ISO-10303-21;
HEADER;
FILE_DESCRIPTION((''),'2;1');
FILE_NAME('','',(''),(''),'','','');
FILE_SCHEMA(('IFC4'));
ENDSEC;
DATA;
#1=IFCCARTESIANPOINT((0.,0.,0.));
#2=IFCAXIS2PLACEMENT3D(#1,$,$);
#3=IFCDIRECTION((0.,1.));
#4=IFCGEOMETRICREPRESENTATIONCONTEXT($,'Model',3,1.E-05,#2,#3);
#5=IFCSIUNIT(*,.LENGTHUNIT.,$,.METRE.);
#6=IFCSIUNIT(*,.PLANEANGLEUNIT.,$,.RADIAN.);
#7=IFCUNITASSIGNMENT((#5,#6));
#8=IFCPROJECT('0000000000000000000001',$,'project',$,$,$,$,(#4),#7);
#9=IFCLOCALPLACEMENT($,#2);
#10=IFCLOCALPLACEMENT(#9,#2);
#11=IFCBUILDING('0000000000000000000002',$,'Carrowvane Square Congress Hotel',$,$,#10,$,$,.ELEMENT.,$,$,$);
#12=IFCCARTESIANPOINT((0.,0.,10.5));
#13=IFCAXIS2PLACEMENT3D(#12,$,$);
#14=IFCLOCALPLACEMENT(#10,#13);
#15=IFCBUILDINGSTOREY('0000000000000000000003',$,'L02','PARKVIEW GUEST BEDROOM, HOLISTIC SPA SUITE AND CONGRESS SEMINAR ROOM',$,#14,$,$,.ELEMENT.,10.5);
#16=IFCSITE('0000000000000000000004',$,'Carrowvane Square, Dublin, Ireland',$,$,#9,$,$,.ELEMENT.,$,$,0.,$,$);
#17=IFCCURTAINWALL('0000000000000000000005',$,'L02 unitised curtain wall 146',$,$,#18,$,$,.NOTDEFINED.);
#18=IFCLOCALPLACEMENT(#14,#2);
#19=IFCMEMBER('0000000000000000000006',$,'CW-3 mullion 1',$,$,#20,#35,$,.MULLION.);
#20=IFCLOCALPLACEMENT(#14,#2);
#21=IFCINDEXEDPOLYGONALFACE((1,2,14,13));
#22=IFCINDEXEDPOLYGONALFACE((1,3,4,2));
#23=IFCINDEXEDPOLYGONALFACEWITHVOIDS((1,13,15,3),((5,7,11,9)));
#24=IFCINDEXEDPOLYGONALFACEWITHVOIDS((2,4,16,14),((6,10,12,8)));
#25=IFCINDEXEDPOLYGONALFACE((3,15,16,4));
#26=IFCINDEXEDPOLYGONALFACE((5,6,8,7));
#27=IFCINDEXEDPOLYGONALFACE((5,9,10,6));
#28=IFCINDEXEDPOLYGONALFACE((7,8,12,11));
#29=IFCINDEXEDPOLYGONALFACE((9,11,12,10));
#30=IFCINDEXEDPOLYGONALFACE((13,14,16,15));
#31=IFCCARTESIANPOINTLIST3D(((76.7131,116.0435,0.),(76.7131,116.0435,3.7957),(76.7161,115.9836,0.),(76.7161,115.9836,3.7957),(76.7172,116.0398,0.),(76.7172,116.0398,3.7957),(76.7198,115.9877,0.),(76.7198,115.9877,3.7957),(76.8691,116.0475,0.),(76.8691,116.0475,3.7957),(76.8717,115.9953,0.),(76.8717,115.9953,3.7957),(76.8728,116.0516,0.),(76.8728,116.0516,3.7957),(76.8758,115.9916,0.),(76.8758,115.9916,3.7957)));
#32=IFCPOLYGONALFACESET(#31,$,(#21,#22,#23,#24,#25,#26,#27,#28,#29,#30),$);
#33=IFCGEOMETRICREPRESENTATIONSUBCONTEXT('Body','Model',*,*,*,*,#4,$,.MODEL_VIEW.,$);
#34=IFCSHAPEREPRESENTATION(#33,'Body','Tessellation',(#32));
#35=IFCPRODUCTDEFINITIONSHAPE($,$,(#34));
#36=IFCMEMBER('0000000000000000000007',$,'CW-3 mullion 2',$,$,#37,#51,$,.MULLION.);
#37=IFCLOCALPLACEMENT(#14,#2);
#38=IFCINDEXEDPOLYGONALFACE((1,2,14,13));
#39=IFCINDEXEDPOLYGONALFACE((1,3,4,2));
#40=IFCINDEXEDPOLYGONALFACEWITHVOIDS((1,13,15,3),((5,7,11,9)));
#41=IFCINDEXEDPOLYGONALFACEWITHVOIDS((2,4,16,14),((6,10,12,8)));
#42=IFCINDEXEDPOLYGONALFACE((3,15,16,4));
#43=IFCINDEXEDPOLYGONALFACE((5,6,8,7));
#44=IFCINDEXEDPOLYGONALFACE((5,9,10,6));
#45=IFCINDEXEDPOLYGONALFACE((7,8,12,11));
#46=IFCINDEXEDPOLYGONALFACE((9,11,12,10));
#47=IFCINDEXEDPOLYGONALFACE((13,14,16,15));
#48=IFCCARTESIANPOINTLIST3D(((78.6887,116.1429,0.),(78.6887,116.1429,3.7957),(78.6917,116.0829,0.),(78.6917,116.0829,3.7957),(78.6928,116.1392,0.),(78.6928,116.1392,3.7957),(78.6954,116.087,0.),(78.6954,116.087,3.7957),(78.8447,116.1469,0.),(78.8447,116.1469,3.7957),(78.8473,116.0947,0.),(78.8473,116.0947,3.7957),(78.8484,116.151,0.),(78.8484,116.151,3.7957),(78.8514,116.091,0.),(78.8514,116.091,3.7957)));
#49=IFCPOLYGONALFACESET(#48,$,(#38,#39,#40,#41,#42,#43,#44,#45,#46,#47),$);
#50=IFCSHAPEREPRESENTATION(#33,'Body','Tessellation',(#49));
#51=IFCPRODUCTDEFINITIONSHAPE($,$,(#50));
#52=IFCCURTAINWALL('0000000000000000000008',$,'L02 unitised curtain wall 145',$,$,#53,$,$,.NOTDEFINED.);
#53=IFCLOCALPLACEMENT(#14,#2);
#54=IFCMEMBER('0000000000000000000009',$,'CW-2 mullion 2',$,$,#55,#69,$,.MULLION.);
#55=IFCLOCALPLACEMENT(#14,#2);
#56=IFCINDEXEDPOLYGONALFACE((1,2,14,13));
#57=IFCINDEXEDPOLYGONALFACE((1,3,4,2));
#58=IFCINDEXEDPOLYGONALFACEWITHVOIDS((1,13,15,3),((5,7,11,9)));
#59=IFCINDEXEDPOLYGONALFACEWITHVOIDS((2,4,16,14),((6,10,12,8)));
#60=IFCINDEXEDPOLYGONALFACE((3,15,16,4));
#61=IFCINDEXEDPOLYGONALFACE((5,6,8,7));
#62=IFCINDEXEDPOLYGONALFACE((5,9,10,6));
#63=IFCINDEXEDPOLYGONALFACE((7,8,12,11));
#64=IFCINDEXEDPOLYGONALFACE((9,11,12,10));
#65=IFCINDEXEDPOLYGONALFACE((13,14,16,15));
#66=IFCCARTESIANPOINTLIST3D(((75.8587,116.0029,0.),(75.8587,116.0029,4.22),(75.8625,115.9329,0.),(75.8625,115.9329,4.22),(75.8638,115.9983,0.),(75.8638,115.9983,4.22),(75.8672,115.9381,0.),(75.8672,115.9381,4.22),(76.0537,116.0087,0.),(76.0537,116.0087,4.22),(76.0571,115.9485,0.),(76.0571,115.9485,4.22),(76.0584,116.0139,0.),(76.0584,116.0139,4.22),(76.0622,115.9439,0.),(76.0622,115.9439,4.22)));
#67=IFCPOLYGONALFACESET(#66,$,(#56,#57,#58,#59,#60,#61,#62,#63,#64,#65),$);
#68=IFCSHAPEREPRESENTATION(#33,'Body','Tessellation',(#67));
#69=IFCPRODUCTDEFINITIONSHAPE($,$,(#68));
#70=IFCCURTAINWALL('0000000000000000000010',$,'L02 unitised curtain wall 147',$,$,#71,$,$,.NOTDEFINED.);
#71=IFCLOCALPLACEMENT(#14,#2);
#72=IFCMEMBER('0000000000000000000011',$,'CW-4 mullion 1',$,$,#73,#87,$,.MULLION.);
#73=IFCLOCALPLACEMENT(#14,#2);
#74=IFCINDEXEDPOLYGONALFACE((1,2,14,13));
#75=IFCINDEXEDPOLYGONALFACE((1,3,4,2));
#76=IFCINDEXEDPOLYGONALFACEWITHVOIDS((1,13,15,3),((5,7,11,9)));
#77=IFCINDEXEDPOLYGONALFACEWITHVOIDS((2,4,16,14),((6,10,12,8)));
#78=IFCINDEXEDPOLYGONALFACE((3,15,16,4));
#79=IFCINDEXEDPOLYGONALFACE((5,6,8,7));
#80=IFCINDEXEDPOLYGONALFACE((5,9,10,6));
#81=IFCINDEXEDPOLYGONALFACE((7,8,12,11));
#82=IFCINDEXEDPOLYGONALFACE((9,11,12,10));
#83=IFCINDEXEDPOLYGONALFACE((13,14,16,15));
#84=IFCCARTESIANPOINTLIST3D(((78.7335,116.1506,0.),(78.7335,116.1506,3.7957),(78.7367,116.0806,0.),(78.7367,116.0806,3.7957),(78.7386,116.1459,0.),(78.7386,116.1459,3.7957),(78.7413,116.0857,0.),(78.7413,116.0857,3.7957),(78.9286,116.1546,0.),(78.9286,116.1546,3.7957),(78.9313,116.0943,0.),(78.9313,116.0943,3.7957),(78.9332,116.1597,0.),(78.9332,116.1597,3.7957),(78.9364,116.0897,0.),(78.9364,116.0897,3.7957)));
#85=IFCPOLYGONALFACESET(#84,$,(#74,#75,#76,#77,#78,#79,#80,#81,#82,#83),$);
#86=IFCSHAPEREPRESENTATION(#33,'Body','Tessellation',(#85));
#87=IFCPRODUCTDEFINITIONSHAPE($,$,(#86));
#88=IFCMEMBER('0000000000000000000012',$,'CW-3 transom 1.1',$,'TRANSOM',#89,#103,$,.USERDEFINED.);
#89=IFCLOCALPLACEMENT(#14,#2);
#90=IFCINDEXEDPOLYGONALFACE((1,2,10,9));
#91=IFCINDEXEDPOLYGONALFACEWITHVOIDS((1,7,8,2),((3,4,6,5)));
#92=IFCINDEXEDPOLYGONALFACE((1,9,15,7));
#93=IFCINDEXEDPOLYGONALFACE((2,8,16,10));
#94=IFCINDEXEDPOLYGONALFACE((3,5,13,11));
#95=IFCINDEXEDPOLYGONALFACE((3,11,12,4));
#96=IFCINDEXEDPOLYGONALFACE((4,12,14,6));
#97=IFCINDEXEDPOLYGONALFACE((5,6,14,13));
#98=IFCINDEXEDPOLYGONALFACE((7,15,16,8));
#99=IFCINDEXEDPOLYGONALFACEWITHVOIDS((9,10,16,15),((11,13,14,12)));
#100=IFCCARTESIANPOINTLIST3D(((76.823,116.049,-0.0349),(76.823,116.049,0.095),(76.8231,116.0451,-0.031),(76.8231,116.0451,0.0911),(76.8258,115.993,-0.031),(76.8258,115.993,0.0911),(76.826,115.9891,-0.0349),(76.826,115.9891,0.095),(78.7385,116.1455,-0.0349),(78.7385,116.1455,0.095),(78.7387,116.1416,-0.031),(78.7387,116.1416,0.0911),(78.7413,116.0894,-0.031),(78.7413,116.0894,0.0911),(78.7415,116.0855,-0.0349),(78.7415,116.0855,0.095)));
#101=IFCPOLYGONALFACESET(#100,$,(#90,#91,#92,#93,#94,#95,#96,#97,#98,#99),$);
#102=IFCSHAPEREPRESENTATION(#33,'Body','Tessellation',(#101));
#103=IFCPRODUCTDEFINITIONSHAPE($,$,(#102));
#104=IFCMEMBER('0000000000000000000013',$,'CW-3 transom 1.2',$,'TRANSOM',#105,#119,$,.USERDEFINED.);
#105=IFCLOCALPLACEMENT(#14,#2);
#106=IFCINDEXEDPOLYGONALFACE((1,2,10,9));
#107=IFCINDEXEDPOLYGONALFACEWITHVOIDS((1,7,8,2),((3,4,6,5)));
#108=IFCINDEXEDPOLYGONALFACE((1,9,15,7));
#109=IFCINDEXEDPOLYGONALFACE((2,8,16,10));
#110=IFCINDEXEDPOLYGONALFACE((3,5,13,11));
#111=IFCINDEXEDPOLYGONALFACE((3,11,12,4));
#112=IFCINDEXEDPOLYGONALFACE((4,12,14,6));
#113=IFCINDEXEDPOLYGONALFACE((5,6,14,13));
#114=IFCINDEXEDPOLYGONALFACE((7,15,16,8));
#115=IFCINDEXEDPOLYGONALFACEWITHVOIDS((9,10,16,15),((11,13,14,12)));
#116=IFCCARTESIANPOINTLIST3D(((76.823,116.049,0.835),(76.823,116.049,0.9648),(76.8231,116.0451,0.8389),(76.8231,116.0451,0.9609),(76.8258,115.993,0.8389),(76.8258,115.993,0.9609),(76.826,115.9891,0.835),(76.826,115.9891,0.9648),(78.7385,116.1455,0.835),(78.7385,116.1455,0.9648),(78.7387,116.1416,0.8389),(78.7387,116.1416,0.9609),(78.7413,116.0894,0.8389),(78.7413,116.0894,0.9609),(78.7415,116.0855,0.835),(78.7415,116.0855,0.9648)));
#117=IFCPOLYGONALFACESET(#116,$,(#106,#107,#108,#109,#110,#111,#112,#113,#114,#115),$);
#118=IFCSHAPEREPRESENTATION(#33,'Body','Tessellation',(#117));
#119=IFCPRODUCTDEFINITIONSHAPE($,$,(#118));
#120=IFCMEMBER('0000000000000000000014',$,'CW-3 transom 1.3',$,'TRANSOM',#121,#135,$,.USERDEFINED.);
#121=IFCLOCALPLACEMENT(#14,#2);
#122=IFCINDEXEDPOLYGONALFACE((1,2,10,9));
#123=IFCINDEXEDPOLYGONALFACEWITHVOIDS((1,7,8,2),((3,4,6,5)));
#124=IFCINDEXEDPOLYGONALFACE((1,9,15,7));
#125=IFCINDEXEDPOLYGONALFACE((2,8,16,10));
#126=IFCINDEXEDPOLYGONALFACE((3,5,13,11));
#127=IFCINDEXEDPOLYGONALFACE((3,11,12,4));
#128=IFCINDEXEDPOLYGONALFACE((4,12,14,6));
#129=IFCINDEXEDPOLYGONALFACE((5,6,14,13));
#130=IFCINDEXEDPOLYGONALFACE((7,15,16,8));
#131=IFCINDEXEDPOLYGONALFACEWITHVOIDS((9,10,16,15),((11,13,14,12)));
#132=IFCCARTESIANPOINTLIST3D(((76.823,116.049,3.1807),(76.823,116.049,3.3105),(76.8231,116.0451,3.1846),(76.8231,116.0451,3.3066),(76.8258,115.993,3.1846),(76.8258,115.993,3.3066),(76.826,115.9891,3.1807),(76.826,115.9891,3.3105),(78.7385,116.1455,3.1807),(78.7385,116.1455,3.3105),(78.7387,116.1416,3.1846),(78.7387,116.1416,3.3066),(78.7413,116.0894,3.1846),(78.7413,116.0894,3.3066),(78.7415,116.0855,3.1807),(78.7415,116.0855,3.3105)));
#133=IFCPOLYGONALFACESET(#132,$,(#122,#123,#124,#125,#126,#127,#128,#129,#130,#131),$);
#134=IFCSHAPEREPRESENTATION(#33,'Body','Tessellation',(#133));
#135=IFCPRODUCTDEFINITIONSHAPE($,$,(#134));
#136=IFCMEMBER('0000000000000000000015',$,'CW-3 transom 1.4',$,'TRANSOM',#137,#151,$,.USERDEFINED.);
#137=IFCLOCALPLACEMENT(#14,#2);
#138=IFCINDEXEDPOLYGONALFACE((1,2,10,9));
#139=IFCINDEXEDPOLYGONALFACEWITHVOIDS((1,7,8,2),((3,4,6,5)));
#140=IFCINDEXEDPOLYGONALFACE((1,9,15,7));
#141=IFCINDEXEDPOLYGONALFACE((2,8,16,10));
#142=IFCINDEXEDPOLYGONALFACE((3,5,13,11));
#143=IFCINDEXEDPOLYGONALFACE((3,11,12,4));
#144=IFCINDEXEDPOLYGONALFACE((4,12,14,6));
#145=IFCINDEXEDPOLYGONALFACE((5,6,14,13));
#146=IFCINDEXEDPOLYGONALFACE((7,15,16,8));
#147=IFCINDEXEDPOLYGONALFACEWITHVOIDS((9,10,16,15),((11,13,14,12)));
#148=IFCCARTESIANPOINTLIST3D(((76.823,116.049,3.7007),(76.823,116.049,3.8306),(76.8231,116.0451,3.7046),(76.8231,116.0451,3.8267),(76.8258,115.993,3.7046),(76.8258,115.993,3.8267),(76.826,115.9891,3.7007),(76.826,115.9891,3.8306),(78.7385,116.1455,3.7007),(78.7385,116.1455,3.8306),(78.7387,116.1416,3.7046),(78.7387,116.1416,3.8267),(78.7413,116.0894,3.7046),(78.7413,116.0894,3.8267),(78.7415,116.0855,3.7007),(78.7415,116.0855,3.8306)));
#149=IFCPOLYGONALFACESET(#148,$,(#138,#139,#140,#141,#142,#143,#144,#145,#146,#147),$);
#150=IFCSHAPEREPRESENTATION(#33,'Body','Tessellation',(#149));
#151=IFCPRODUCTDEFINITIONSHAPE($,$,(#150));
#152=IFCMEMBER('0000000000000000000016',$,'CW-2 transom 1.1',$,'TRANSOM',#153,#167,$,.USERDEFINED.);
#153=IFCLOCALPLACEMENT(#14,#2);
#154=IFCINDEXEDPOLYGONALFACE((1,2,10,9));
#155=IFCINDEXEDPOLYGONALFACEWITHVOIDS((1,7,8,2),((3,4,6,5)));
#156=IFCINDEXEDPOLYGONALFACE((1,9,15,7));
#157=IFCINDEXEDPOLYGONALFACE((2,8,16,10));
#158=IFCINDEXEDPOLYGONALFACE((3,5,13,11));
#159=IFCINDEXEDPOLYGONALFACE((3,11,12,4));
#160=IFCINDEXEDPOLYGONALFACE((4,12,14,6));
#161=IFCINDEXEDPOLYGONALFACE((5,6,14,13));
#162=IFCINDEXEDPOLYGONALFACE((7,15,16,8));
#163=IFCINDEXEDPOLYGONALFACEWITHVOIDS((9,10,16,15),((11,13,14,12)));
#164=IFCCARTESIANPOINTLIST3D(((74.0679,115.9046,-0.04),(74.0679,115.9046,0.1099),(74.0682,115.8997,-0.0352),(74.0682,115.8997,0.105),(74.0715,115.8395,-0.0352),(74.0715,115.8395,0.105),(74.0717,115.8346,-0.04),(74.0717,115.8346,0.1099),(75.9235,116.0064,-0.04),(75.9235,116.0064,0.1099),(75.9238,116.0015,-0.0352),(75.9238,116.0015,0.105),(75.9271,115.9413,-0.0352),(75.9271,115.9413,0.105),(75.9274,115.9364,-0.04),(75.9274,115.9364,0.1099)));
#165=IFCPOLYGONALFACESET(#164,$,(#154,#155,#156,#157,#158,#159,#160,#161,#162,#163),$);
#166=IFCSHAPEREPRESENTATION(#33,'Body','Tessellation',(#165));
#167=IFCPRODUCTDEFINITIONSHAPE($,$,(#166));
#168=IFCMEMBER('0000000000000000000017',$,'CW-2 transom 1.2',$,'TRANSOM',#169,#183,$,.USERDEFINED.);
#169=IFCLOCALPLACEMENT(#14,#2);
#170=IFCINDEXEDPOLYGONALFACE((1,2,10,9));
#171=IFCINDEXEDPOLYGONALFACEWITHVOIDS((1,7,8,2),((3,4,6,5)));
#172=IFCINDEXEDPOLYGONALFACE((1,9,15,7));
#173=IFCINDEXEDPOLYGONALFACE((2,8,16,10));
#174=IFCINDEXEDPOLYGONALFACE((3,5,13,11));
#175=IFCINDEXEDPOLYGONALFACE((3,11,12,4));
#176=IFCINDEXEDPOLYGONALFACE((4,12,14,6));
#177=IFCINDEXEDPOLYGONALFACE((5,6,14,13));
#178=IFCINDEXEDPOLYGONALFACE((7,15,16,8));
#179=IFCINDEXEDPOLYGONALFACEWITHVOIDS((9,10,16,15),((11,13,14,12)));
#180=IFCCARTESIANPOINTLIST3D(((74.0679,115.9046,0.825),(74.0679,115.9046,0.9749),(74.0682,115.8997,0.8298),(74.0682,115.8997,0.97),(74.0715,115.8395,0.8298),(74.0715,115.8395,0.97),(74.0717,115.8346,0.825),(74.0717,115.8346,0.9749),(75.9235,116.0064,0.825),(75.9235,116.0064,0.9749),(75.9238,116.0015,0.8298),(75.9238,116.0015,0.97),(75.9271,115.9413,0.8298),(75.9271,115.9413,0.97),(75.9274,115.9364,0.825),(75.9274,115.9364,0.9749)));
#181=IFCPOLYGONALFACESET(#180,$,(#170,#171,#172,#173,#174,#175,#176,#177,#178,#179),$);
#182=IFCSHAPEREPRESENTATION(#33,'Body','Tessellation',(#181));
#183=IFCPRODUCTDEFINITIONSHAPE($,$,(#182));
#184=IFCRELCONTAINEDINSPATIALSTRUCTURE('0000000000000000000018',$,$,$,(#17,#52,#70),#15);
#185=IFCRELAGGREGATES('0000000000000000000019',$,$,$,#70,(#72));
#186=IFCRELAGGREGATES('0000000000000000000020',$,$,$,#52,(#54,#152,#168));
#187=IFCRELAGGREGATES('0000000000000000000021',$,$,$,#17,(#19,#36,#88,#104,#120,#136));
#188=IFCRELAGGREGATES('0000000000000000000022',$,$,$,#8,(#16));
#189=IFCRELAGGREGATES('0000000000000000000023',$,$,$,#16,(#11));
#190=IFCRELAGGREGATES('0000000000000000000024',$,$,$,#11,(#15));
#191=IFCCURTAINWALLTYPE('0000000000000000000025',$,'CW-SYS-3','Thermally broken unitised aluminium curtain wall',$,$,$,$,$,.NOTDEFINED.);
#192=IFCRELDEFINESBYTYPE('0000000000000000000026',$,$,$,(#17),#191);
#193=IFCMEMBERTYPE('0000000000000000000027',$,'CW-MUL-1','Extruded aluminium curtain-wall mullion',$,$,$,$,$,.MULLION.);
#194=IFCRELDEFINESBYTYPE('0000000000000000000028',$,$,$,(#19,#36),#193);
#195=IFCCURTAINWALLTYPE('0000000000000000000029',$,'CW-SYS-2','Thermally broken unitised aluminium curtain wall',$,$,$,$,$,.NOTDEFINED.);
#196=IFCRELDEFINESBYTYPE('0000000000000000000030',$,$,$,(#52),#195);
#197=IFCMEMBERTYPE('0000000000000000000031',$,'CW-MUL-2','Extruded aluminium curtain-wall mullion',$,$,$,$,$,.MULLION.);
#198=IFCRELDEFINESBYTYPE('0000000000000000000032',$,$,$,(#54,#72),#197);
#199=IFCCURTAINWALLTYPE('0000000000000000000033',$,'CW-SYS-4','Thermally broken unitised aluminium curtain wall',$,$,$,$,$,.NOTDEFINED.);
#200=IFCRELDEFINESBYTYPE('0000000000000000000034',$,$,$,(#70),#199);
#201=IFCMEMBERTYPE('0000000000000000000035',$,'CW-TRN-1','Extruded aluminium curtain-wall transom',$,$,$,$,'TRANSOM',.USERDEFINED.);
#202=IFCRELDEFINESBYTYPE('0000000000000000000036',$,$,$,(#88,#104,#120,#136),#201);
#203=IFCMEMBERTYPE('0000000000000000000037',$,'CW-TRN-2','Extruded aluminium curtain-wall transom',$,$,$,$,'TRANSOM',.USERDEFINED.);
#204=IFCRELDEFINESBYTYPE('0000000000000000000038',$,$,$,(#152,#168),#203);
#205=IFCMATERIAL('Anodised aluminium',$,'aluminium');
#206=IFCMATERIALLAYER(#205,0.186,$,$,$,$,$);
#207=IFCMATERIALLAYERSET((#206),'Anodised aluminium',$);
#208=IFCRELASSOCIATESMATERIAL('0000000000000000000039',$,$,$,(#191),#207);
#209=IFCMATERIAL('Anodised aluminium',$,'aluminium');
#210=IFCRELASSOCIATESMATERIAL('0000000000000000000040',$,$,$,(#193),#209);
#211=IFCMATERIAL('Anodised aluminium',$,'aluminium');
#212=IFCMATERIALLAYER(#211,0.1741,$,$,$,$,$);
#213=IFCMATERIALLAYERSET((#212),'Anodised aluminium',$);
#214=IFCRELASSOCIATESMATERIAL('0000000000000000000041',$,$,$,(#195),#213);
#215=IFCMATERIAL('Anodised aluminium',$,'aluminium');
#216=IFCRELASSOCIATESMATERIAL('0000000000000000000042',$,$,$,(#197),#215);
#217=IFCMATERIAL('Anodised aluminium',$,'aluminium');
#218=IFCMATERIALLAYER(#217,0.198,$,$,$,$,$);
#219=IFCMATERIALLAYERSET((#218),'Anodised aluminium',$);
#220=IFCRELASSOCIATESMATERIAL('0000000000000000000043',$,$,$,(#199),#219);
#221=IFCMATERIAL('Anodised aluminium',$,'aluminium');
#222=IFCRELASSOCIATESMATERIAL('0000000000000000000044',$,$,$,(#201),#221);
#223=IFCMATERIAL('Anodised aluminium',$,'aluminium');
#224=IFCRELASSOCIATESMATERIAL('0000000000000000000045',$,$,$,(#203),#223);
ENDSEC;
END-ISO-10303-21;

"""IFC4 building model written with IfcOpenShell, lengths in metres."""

from ifc_helpers import new_model, si_unit, direction, frame, origin, origin_2d, place, context, subcontext, project, spatial, hollow_rectangle, extrude, material, layer, layer_set, material_profile, profile_set, type_object, element, aggregate, save


model = new_model("IFC4")

# Units and contexts
model_context = context("Model", 3, precision=1e-05, world=origin(), true_north=direction((0.0, 1.0)))
body_context = subcontext(model_context, "Body", "Model", "MODEL_VIEW")
ifc_project = project(units=[si_unit("LENGTHUNIT", "METRE"), si_unit("PLANEANGLEUNIT", "RADIAN")], contexts=[model_context])

# Site, building, storey
site_placement = place(None, origin())
site = spatial("IfcSite", under=ifc_project, at=site_placement, Name="Carrowvane Square, Dublin, Ireland", CompositionType="ELEMENT", RefElevation=0.0)
building_placement = place(site_placement, origin())
building = spatial("IfcBuilding", under=site, at=building_placement, Name="Carrowvane Square Congress Hotel", CompositionType="ELEMENT")
storey_placement = place(building_placement, frame((0.0, 0.0, 10.5)))
storey = spatial("IfcBuildingStorey", under=building, at=storey_placement, Name="L02", Description="PARKVIEW GUEST BEDROOM, HOLISTIC SPA SUITE AND CONGRESS SEMINAR ROOM", CompositionType="ELEMENT", Elevation=10.5)

# Curtain wall, members
ifc_material_1 = material(Name="Anodised aluminium", Category="aluminium")
ifc_layer_1 = layer(ifc_material_1, 0.186)
ifc_layer_set_1 = layer_set([ifc_layer_1], Name="Anodised aluminium")
curtain_wall_type_1 = type_object("IfcCurtainWallType", Name="CW-SYS-3", Description="Thermally broken unitised aluminium curtain wall", PredefinedType="NOTDEFINED", material=ifc_layer_set_1)
curtain_wall_1_placement = place(storey_placement, origin())
curtain_wall_1 = element("IfcCurtainWall", 1, at=curtain_wall_1_placement, inside=storey, type_object=curtain_wall_type_1, Name="L02 unitised curtain wall 146", PredefinedType="NOTDEFINED")
ifc_material_2 = material(Name="Anodised aluminium", Category="aluminium")
ifc_material_profile_1 = material_profile(ifc_material_2, hollow_rectangle(XDim=0.0601, YDim=0.1599, WallThickness=0.0039, at=origin_2d()), Name="CW-ML 60x160x4")
ifc_profile_set_1 = profile_set([ifc_material_profile_1], Name="Anodised aluminium")
member_type_1 = type_object("IfcMemberType", Name="CW-MUL-1", Description="Extruded aluminium curtain-wall mullion", PredefinedType="MULLION", material=ifc_profile_set_1)
member_1_placement = place(storey_placement, frame((76.7944, 116.0176, 0.0), z_axis=(0.0, 0.0, 1.0), x_axis=(-0.050324, 0.998733, 0.0)))
member_1 = element("IfcMember", 2, at=member_1_placement, type_object=member_type_1, Name="CW-3 mullion 1", PredefinedType="MULLION", context=body_context, shape_type="SweptSolid", body=[
    extrude(hollow_rectangle(XDim=0.0601, YDim=0.1599, WallThickness=0.0039, at=origin_2d()), origin(), (0.0, 0.0, 1.0), 3.7957),
])
member_2_placement = place(storey_placement, frame((78.77, 116.1169, 0.0), z_axis=(0.0, 0.0, 1.0), x_axis=(-0.050324, 0.998733, 0.0)))
member_2 = element("IfcMember", 3, at=member_2_placement, type_object=member_type_1, Name="CW-3 mullion 2", PredefinedType="MULLION", context=body_context, shape_type="SweptSolid", body=[
    extrude(hollow_rectangle(XDim=0.0601, YDim=0.1599, WallThickness=0.0039, at=origin_2d()), origin(), (0.0, 0.0, 1.0), 3.7957),
])

# Curtain walls, members
ifc_material_3 = material(Name="Anodised aluminium", Category="aluminium")
ifc_layer_2 = layer(ifc_material_3, 0.1741)
ifc_layer_set_2 = layer_set([ifc_layer_2], Name="Anodised aluminium")
curtain_wall_type_2 = type_object("IfcCurtainWallType", Name="CW-SYS-2", Description="Thermally broken unitised aluminium curtain wall", PredefinedType="NOTDEFINED", material=ifc_layer_set_2)
curtain_wall_2_placement = place(storey_placement, origin())
curtain_wall_2 = element("IfcCurtainWall", 4, at=curtain_wall_2_placement, inside=storey, type_object=curtain_wall_type_2, Name="L02 unitised curtain wall 145", PredefinedType="NOTDEFINED")
ifc_material_4 = material(Name="Anodised aluminium", Category="aluminium")
ifc_material_profile_2 = material_profile(ifc_material_4, hollow_rectangle(XDim=0.0701, YDim=0.2, WallThickness=0.0049, at=origin_2d()), Name="CW-ML 70x200x5")
ifc_profile_set_2 = profile_set([ifc_material_profile_2], Name="Anodised aluminium")
member_type_2 = type_object("IfcMemberType", Name="CW-MUL-2", Description="Extruded aluminium curtain-wall mullion", PredefinedType="MULLION", material=ifc_profile_set_2)
member_3_placement = place(storey_placement, frame((75.9604, 115.9734, 0.0), z_axis=(0.0, 0.0, 1.0), x_axis=(-0.054816, 0.998496, 0.0)))
member_3 = element("IfcMember", 5, at=member_3_placement, type_object=member_type_2, Name="CW-2 mullion 2", PredefinedType="MULLION", context=body_context, shape_type="SweptSolid", body=[
    extrude(hollow_rectangle(XDim=0.0701, YDim=0.2, WallThickness=0.0049, at=origin_2d()), origin(), (0.0, 0.0, 1.0), 4.22),
])
ifc_material_5 = material(Name="Anodised aluminium", Category="aluminium")
ifc_layer_3 = layer(ifc_material_5, 0.198)
ifc_layer_set_3 = layer_set([ifc_layer_3], Name="Anodised aluminium")
curtain_wall_type_3 = type_object("IfcCurtainWallType", Name="CW-SYS-4", Description="Thermally broken unitised aluminium curtain wall", PredefinedType="NOTDEFINED", material=ifc_layer_set_3)
curtain_wall_3_placement = place(storey_placement, origin())
curtain_wall_3 = element("IfcCurtainWall", 6, at=curtain_wall_3_placement, inside=storey, type_object=curtain_wall_type_3, Name="L02 unitised curtain wall 147", PredefinedType="NOTDEFINED")
member_4_placement = place(storey_placement, frame((78.835, 116.1201, 0.0), z_axis=(0.0, 0.0, 1.0), x_axis=(-0.045411, 0.998968, 0.0)))
member_4 = element("IfcMember", 7, at=member_4_placement, type_object=member_type_2, Name="CW-4 mullion 1", PredefinedType="MULLION", context=body_context, shape_type="SweptSolid", body=[
    extrude(hollow_rectangle(XDim=0.0701, YDim=0.2, WallThickness=0.0049, at=origin_2d()), origin(), (0.0, 0.0, 1.0), 3.7957),
])

# Members
ifc_material_6 = material(Name="Anodised aluminium", Category="aluminium")
ifc_material_profile_3 = material_profile(ifc_material_6, hollow_rectangle(XDim=0.0601, YDim=0.1299, WallThickness=0.0039, at=origin_2d()), Name="CW-TR 60x130x4")
ifc_profile_set_3 = profile_set([ifc_material_profile_3], Name="Anodised aluminium")
member_type_3 = type_object("IfcMemberType", Name="CW-TRN-1", Description="Extruded aluminium curtain-wall transom", ElementType="TRANSOM", PredefinedType="USERDEFINED", material=ifc_profile_set_3)
member_5_placement = place(storey_placement, frame((76.8245, 116.019, 0.03), z_axis=(0.998735, 0.05028, 0.0), x_axis=(-0.05028, 0.998735, 0.0)))
member_5 = element("IfcMember", 8, at=member_5_placement, type_object=member_type_3, Name="CW-3 transom 1.1", ObjectType="TRANSOM", PredefinedType="USERDEFINED", context=body_context, shape_type="SweptSolid", body=[
    extrude(hollow_rectangle(XDim=0.0601, YDim=0.1299, WallThickness=0.0039, at=origin_2d()), origin(), (0.0, 0.0, 1.0), 1.918),
])
member_6_placement = place(storey_placement, frame((76.8245, 116.019, 0.8999), z_axis=(0.998735, 0.05028, 0.0), x_axis=(-0.05028, 0.998735, 0.0)))
member_6 = element("IfcMember", 9, at=member_6_placement, type_object=member_type_3, Name="CW-3 transom 1.2", ObjectType="TRANSOM", PredefinedType="USERDEFINED", context=body_context, shape_type="SweptSolid", body=[
    extrude(hollow_rectangle(XDim=0.0601, YDim=0.1299, WallThickness=0.0039, at=origin_2d()), origin(), (0.0, 0.0, 1.0), 1.918),
])
member_7_placement = place(storey_placement, frame((76.8245, 116.019, 3.2456), z_axis=(0.998735, 0.05028, 0.0), x_axis=(-0.05028, 0.998735, 0.0)))
member_7 = element("IfcMember", 10, at=member_7_placement, type_object=member_type_3, Name="CW-3 transom 1.3", ObjectType="TRANSOM", PredefinedType="USERDEFINED", context=body_context, shape_type="SweptSolid", body=[
    extrude(hollow_rectangle(XDim=0.0601, YDim=0.1299, WallThickness=0.0039, at=origin_2d()), origin(), (0.0, 0.0, 1.0), 1.918),
])
member_8_placement = place(storey_placement, frame((76.8245, 116.019, 3.7656), z_axis=(0.998735, 0.05028, 0.0), x_axis=(-0.05028, 0.998735, 0.0)))
member_8 = element("IfcMember", 11, at=member_8_placement, type_object=member_type_3, Name="CW-3 transom 1.4", ObjectType="TRANSOM", PredefinedType="USERDEFINED", context=body_context, shape_type="SweptSolid", body=[
    extrude(hollow_rectangle(XDim=0.0601, YDim=0.1299, WallThickness=0.0039, at=origin_2d()), origin(), (0.0, 0.0, 1.0), 1.918),
])
ifc_material_7 = material(Name="Anodised aluminium", Category="aluminium")
ifc_material_profile_4 = material_profile(ifc_material_7, hollow_rectangle(XDim=0.0701, YDim=0.1499, WallThickness=0.0049, at=origin_2d()), Name="CW-TR 70x150x5")
ifc_profile_set_4 = profile_set([ifc_material_profile_4], Name="Anodised aluminium")
member_type_4 = type_object("IfcMemberType", Name="CW-TRN-2", Description="Extruded aluminium curtain-wall transom", ElementType="TRANSOM", PredefinedType="USERDEFINED", material=ifc_profile_set_4)
member_9_placement = place(storey_placement, frame((74.0698, 115.8696, 0.0349), z_axis=(0.998499, 0.054779, 0.0), x_axis=(-0.054779, 0.998499, 0.0)))
member_9 = element("IfcMember", 12, at=member_9_placement, type_object=member_type_4, Name="CW-2 transom 1.1", ObjectType="TRANSOM", PredefinedType="USERDEFINED", context=body_context, shape_type="SweptSolid", body=[
    extrude(hollow_rectangle(XDim=0.0701, YDim=0.1499, WallThickness=0.0049, at=origin_2d()), origin(), (0.0, 0.0, 1.0), 1.8584),
])
member_10_placement = place(storey_placement, frame((74.0698, 115.8696, 0.8999), z_axis=(0.998499, 0.054779, 0.0), x_axis=(-0.054779, 0.998499, 0.0)))
member_10 = element("IfcMember", 13, at=member_10_placement, type_object=member_type_4, Name="CW-2 transom 1.2", ObjectType="TRANSOM", PredefinedType="USERDEFINED", context=body_context, shape_type="SweptSolid", body=[
    extrude(hollow_rectangle(XDim=0.0701, YDim=0.1499, WallThickness=0.0049, at=origin_2d()), origin(), (0.0, 0.0, 1.0), 1.8584),
])
aggregate(curtain_wall_3, [member_4])

aggregate(curtain_wall_2, [member_3, member_9, member_10])
aggregate(curtain_wall_1, [member_1, member_2, member_5, member_6, member_7, member_8])

save(model, "model.ifc")
